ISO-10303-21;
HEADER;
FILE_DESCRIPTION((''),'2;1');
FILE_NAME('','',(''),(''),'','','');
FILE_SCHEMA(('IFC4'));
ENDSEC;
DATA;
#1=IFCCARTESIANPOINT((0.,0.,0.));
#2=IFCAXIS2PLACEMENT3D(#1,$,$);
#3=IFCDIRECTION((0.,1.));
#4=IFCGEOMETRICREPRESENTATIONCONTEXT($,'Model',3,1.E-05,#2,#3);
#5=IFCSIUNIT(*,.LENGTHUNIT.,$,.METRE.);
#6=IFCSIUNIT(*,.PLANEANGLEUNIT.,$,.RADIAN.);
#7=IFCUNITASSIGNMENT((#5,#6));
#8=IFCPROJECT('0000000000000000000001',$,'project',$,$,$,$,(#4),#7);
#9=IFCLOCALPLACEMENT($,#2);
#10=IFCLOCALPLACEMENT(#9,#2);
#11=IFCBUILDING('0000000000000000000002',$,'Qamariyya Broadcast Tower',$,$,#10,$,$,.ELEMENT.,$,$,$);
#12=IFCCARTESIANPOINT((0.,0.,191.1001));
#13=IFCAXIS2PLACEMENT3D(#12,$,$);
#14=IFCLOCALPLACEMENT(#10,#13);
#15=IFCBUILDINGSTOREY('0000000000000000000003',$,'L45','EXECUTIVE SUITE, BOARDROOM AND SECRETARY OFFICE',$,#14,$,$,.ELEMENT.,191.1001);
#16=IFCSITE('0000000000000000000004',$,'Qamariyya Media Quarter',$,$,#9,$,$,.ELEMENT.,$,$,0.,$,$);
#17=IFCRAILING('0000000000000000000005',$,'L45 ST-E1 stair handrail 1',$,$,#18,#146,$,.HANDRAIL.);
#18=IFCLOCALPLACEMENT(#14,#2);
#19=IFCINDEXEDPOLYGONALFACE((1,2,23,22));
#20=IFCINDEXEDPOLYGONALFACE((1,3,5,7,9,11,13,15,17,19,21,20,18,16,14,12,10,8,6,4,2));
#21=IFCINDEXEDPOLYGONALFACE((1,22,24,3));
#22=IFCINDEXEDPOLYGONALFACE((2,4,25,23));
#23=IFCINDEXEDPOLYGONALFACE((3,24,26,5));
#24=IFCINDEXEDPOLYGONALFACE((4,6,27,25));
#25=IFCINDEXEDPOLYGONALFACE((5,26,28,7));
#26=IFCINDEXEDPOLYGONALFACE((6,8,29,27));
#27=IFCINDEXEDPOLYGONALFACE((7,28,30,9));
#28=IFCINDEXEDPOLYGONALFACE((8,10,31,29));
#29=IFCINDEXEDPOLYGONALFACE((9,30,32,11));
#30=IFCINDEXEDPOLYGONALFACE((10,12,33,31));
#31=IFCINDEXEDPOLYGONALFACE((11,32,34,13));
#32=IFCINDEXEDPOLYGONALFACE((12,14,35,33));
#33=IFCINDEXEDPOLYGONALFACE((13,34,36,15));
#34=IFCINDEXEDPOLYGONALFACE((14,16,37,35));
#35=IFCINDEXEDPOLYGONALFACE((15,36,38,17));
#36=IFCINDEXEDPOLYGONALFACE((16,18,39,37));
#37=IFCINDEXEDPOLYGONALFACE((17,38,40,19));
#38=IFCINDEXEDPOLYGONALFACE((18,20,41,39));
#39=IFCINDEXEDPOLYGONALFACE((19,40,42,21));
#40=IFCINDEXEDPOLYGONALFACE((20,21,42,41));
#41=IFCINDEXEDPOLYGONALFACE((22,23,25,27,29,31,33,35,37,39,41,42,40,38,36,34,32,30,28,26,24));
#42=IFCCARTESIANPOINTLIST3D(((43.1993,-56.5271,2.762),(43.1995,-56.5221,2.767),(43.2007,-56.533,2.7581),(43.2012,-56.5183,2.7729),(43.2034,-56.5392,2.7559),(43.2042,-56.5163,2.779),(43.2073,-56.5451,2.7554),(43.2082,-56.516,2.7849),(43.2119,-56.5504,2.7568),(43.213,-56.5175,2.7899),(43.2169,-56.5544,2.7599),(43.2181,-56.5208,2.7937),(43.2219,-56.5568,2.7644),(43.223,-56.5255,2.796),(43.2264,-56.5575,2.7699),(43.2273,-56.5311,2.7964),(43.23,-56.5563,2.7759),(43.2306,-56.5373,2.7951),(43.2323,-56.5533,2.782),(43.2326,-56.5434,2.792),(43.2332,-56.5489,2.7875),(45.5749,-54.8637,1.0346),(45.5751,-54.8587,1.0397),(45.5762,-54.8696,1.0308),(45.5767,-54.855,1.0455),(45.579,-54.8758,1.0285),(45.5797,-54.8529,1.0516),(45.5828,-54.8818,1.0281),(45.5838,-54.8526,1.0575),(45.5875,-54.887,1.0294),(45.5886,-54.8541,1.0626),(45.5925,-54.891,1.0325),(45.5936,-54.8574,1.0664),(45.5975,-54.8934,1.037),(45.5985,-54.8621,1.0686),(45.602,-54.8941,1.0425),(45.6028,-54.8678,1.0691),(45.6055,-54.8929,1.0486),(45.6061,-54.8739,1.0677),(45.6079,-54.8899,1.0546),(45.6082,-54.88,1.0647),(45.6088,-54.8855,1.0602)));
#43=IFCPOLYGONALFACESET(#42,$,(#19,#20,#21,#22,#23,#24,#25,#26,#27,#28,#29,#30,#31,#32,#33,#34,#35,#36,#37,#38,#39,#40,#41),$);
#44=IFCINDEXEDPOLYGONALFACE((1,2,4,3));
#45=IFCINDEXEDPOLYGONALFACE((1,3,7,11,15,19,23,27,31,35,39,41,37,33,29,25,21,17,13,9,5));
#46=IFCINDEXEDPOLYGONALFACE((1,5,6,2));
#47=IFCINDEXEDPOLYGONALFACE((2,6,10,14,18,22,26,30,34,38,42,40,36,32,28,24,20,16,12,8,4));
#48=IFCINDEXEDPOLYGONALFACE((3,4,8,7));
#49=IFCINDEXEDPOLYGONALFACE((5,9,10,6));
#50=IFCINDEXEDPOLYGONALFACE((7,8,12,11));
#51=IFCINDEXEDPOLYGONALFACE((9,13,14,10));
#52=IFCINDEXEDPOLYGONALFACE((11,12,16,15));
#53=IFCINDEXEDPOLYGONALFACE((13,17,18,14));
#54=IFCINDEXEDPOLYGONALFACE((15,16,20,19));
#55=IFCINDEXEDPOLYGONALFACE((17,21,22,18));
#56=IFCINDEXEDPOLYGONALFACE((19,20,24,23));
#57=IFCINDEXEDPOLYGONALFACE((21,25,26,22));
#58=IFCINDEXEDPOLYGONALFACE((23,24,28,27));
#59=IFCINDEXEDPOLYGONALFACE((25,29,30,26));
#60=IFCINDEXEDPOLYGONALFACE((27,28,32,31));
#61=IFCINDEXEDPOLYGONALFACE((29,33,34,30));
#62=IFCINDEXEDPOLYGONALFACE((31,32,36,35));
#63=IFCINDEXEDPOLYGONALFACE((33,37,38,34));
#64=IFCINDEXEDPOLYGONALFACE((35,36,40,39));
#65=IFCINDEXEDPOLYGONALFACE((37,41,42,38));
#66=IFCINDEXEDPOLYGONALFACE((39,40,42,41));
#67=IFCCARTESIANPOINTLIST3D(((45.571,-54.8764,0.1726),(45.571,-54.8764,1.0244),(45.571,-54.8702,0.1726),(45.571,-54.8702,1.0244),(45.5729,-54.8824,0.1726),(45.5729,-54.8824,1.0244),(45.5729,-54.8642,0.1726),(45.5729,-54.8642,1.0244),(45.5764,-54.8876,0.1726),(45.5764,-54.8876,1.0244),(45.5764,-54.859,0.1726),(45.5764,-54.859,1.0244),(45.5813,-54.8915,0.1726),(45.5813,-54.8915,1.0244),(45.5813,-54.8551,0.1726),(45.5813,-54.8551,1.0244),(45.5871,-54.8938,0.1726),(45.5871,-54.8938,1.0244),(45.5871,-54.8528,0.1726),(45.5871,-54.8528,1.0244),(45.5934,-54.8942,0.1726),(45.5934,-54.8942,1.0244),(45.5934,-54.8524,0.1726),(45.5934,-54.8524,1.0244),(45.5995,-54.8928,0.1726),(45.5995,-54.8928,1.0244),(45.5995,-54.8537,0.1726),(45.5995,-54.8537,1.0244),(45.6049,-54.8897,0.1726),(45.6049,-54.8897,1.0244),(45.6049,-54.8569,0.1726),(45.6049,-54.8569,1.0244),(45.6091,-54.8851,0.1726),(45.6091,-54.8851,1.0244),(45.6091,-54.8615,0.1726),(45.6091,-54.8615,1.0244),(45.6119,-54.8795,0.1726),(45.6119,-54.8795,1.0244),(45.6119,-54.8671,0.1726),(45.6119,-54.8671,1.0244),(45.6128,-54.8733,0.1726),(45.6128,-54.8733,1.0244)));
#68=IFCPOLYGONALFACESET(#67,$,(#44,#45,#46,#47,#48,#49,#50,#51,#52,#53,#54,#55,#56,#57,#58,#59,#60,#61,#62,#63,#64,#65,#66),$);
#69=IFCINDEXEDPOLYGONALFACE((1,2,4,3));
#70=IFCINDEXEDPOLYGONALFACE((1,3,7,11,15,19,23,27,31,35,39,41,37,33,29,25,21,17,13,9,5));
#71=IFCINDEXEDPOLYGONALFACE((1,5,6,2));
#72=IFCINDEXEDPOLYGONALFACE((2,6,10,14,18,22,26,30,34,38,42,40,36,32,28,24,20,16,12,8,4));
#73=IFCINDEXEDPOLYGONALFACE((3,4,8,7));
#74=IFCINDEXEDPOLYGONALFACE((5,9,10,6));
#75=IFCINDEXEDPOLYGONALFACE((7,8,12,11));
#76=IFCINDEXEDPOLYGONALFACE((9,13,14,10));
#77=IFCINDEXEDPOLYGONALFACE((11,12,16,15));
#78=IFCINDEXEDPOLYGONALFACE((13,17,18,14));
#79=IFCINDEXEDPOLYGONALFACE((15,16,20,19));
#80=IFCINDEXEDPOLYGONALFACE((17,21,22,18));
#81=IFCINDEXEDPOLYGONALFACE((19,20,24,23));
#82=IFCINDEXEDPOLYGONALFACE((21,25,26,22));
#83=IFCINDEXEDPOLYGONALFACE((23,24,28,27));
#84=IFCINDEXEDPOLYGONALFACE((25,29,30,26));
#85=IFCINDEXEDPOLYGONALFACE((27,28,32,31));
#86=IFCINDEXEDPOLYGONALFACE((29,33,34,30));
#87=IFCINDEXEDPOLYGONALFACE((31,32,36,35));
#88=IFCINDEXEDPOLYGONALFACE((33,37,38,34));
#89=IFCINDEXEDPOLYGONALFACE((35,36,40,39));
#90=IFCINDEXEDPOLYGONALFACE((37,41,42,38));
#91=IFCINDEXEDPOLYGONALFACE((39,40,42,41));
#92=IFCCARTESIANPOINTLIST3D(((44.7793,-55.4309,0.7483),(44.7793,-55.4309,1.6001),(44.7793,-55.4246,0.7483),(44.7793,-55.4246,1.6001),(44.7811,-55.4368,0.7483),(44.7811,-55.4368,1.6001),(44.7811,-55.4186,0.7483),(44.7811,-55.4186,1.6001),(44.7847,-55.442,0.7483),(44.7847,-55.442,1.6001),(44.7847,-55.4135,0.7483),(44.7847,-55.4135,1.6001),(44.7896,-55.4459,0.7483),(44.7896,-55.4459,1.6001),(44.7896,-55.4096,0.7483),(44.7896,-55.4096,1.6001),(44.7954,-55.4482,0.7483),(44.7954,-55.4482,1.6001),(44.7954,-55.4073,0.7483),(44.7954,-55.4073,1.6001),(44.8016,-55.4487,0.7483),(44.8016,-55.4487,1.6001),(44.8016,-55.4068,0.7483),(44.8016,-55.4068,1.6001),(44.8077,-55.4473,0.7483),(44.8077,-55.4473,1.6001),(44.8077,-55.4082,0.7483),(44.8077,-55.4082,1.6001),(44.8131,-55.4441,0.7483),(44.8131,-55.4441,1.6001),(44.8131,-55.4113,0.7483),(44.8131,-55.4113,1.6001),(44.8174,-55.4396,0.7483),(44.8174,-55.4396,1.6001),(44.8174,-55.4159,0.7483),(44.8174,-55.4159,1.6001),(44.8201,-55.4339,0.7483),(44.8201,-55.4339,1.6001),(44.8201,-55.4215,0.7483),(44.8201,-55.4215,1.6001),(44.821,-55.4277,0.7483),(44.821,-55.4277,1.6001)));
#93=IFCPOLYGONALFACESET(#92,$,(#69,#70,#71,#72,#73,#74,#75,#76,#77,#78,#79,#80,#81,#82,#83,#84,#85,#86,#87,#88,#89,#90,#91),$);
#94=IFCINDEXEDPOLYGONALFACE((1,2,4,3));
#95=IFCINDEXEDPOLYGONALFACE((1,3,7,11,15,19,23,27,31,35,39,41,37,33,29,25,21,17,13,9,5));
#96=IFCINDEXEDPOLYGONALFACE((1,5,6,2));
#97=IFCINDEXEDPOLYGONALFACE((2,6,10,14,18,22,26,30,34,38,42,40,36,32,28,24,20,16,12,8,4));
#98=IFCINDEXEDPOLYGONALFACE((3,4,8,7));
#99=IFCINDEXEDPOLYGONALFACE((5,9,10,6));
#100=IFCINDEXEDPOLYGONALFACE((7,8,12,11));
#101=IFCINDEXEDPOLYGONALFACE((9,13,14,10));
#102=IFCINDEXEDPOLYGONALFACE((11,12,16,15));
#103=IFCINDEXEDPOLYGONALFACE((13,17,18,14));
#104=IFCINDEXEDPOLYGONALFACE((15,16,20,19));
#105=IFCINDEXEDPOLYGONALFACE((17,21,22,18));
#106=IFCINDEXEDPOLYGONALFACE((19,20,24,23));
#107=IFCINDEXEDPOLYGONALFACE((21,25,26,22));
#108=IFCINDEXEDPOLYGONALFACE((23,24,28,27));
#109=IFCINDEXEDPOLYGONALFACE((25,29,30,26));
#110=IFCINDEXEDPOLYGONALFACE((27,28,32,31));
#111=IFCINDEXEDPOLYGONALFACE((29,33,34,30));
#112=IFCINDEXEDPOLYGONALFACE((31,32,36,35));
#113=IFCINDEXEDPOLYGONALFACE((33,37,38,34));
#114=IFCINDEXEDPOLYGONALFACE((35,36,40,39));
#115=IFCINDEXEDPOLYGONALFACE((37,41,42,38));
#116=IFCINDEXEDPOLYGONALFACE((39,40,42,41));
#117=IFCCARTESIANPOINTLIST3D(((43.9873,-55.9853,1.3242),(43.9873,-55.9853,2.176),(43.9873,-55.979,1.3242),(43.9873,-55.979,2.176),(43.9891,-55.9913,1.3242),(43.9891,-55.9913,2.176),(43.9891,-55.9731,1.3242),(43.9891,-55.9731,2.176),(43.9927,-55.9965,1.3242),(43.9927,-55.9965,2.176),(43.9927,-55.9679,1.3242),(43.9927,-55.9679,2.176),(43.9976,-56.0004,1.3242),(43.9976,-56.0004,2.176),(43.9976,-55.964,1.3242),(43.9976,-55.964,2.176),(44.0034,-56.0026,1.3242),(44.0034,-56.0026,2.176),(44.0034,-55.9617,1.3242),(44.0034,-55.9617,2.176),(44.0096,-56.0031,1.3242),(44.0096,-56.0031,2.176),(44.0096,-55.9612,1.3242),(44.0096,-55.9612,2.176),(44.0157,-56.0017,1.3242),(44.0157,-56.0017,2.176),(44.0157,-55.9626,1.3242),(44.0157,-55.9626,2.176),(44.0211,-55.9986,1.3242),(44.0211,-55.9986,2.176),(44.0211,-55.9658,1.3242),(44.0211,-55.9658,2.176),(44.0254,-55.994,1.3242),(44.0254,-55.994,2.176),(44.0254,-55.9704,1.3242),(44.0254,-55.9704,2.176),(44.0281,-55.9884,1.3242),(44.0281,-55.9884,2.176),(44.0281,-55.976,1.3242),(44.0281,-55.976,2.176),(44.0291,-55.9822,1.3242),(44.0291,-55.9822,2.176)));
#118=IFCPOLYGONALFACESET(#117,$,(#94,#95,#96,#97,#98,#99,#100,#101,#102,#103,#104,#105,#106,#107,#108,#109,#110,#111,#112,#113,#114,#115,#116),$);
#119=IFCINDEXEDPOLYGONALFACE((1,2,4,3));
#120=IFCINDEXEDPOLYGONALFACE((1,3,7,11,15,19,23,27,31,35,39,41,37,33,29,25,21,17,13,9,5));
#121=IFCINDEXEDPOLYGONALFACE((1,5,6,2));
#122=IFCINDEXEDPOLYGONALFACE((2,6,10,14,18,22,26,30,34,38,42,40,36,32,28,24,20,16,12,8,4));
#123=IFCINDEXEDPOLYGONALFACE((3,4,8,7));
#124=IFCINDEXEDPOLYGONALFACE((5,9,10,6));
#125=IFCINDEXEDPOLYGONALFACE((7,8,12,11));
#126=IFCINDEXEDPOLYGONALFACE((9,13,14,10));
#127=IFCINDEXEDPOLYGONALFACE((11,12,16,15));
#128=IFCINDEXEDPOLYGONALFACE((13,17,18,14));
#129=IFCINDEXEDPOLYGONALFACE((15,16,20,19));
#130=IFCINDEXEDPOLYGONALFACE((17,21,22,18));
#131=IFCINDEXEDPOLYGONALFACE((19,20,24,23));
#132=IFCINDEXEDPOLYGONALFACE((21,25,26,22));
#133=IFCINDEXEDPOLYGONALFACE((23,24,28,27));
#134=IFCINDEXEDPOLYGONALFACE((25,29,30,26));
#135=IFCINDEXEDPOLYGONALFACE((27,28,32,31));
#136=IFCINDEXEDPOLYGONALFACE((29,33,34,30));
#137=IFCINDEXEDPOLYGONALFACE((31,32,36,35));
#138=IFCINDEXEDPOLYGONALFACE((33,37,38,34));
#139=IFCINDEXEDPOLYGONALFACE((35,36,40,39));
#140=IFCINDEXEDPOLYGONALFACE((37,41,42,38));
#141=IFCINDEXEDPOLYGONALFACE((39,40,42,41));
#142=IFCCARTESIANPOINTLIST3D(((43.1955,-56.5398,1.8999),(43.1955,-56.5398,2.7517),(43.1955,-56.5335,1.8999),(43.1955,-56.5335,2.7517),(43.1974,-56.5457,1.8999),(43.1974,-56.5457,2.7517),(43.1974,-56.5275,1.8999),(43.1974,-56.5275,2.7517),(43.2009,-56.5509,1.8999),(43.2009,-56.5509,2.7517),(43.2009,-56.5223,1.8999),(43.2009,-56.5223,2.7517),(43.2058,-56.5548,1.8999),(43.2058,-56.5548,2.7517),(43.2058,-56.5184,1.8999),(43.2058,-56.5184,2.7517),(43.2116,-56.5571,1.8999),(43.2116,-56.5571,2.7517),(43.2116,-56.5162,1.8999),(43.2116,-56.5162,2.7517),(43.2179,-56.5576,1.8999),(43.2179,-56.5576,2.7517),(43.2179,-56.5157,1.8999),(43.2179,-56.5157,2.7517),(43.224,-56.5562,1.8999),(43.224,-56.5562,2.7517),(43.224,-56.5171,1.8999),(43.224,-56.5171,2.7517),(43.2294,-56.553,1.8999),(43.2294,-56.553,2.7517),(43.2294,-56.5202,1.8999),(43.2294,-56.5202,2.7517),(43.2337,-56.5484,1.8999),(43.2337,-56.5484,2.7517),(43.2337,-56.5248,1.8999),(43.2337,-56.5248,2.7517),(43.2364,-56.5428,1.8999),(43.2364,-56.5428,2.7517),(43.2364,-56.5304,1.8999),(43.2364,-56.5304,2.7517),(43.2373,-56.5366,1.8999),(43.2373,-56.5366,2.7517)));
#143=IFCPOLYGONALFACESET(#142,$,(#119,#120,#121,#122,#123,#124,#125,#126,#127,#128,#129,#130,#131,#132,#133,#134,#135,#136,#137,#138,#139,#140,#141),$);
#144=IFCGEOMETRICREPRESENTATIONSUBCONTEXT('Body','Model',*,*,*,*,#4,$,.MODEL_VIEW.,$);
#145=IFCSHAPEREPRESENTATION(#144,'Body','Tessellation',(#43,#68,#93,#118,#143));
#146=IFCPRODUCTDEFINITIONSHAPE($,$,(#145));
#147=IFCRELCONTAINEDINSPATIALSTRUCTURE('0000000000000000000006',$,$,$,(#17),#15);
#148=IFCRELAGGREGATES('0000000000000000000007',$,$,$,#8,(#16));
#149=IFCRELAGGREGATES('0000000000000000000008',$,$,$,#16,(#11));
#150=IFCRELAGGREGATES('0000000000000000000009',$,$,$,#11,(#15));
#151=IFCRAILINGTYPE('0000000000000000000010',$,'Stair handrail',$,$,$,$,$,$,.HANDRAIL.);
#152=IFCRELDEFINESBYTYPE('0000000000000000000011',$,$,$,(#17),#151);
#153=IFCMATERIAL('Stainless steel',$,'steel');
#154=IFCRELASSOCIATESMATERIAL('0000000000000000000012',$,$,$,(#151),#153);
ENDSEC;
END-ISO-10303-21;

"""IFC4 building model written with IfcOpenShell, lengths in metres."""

from ifc_helpers import new_model, si_unit, direction, frame, origin, origin_2d, place, context, subcontext, project, spatial, circle, extrude, material, type_object, element, save


model = new_model("IFC4")

# Units and contexts
model_context = context("Model", 3, precision=1e-05, world=origin(), true_north=direction((0.0, 1.0)))
body_context = subcontext(model_context, "Body", "Model", "MODEL_VIEW")
ifc_project = project(units=[si_unit("LENGTHUNIT", "METRE"), si_unit("PLANEANGLEUNIT", "RADIAN")], contexts=[model_context])

# Site, building, storey
site_placement = place(None, origin())
site = spatial("IfcSite", under=ifc_project, at=site_placement, Name="Qamariyya Media Quarter", CompositionType="ELEMENT", RefElevation=0.0)
building_placement = place(site_placement, origin())
building = spatial("IfcBuilding", under=site, at=building_placement, Name="Qamariyya Broadcast Tower", CompositionType="ELEMENT")
storey_placement = place(building_placement, frame((0.0, 0.0, 191.1001)))
storey = spatial("IfcBuildingStorey", under=building, at=storey_placement, Name="L45", Description="EXECUTIVE SUITE, BOARDROOM AND SECRETARY OFFICE", CompositionType="ELEMENT", Elevation=191.1001)

# Railing
ifc_material_1 = material(Name="Stainless steel", Category="steel")
railing_type_1 = type_object("IfcRailingType", Name="Stair handrail", PredefinedType="HANDRAIL", material=ifc_material_1)
railing_1_placement = place(storey_placement, frame((45.5918, -54.8733, 0.1726)))
element("IfcRailing", 1, at=railing_1_placement, inside=storey, type_object=railing_type_1, Name="L45 ST-E1 stair handrail 1", PredefinedType="HANDRAIL", context=body_context, shape_type="SweptSolid", body=[
    extrude(circle(Radius=0.0239, at=origin_2d()), frame((0.0, 0.0, 0.876), z_axis=(-0.70377, -0.492784, 0.511734), x_axis=(0.573575, -0.819153, 0.0)), (0.0, 0.0, 1.0), 3.3755),
    extrude(circle(Radius=0.021, at=origin_2d()), origin(), (0.0, 0.0, 1.0), 0.8518),
    extrude(circle(Radius=0.021, at=origin_2d()), frame((-0.7917, -0.5544, 0.5757)), (0.0, 0.0, 1.0), 0.8518),
    extrude(circle(Radius=0.021, at=origin_2d()), frame((-1.5837, -1.1089, 1.1516)), (0.0, 0.0, 1.0), 0.8518),
    extrude(circle(Radius=0.021, at=origin_2d()), frame((-2.3755, -1.6633, 1.7273)), (0.0, 0.0, 1.0), 0.8518),
])

save(model, "model.ifc")
